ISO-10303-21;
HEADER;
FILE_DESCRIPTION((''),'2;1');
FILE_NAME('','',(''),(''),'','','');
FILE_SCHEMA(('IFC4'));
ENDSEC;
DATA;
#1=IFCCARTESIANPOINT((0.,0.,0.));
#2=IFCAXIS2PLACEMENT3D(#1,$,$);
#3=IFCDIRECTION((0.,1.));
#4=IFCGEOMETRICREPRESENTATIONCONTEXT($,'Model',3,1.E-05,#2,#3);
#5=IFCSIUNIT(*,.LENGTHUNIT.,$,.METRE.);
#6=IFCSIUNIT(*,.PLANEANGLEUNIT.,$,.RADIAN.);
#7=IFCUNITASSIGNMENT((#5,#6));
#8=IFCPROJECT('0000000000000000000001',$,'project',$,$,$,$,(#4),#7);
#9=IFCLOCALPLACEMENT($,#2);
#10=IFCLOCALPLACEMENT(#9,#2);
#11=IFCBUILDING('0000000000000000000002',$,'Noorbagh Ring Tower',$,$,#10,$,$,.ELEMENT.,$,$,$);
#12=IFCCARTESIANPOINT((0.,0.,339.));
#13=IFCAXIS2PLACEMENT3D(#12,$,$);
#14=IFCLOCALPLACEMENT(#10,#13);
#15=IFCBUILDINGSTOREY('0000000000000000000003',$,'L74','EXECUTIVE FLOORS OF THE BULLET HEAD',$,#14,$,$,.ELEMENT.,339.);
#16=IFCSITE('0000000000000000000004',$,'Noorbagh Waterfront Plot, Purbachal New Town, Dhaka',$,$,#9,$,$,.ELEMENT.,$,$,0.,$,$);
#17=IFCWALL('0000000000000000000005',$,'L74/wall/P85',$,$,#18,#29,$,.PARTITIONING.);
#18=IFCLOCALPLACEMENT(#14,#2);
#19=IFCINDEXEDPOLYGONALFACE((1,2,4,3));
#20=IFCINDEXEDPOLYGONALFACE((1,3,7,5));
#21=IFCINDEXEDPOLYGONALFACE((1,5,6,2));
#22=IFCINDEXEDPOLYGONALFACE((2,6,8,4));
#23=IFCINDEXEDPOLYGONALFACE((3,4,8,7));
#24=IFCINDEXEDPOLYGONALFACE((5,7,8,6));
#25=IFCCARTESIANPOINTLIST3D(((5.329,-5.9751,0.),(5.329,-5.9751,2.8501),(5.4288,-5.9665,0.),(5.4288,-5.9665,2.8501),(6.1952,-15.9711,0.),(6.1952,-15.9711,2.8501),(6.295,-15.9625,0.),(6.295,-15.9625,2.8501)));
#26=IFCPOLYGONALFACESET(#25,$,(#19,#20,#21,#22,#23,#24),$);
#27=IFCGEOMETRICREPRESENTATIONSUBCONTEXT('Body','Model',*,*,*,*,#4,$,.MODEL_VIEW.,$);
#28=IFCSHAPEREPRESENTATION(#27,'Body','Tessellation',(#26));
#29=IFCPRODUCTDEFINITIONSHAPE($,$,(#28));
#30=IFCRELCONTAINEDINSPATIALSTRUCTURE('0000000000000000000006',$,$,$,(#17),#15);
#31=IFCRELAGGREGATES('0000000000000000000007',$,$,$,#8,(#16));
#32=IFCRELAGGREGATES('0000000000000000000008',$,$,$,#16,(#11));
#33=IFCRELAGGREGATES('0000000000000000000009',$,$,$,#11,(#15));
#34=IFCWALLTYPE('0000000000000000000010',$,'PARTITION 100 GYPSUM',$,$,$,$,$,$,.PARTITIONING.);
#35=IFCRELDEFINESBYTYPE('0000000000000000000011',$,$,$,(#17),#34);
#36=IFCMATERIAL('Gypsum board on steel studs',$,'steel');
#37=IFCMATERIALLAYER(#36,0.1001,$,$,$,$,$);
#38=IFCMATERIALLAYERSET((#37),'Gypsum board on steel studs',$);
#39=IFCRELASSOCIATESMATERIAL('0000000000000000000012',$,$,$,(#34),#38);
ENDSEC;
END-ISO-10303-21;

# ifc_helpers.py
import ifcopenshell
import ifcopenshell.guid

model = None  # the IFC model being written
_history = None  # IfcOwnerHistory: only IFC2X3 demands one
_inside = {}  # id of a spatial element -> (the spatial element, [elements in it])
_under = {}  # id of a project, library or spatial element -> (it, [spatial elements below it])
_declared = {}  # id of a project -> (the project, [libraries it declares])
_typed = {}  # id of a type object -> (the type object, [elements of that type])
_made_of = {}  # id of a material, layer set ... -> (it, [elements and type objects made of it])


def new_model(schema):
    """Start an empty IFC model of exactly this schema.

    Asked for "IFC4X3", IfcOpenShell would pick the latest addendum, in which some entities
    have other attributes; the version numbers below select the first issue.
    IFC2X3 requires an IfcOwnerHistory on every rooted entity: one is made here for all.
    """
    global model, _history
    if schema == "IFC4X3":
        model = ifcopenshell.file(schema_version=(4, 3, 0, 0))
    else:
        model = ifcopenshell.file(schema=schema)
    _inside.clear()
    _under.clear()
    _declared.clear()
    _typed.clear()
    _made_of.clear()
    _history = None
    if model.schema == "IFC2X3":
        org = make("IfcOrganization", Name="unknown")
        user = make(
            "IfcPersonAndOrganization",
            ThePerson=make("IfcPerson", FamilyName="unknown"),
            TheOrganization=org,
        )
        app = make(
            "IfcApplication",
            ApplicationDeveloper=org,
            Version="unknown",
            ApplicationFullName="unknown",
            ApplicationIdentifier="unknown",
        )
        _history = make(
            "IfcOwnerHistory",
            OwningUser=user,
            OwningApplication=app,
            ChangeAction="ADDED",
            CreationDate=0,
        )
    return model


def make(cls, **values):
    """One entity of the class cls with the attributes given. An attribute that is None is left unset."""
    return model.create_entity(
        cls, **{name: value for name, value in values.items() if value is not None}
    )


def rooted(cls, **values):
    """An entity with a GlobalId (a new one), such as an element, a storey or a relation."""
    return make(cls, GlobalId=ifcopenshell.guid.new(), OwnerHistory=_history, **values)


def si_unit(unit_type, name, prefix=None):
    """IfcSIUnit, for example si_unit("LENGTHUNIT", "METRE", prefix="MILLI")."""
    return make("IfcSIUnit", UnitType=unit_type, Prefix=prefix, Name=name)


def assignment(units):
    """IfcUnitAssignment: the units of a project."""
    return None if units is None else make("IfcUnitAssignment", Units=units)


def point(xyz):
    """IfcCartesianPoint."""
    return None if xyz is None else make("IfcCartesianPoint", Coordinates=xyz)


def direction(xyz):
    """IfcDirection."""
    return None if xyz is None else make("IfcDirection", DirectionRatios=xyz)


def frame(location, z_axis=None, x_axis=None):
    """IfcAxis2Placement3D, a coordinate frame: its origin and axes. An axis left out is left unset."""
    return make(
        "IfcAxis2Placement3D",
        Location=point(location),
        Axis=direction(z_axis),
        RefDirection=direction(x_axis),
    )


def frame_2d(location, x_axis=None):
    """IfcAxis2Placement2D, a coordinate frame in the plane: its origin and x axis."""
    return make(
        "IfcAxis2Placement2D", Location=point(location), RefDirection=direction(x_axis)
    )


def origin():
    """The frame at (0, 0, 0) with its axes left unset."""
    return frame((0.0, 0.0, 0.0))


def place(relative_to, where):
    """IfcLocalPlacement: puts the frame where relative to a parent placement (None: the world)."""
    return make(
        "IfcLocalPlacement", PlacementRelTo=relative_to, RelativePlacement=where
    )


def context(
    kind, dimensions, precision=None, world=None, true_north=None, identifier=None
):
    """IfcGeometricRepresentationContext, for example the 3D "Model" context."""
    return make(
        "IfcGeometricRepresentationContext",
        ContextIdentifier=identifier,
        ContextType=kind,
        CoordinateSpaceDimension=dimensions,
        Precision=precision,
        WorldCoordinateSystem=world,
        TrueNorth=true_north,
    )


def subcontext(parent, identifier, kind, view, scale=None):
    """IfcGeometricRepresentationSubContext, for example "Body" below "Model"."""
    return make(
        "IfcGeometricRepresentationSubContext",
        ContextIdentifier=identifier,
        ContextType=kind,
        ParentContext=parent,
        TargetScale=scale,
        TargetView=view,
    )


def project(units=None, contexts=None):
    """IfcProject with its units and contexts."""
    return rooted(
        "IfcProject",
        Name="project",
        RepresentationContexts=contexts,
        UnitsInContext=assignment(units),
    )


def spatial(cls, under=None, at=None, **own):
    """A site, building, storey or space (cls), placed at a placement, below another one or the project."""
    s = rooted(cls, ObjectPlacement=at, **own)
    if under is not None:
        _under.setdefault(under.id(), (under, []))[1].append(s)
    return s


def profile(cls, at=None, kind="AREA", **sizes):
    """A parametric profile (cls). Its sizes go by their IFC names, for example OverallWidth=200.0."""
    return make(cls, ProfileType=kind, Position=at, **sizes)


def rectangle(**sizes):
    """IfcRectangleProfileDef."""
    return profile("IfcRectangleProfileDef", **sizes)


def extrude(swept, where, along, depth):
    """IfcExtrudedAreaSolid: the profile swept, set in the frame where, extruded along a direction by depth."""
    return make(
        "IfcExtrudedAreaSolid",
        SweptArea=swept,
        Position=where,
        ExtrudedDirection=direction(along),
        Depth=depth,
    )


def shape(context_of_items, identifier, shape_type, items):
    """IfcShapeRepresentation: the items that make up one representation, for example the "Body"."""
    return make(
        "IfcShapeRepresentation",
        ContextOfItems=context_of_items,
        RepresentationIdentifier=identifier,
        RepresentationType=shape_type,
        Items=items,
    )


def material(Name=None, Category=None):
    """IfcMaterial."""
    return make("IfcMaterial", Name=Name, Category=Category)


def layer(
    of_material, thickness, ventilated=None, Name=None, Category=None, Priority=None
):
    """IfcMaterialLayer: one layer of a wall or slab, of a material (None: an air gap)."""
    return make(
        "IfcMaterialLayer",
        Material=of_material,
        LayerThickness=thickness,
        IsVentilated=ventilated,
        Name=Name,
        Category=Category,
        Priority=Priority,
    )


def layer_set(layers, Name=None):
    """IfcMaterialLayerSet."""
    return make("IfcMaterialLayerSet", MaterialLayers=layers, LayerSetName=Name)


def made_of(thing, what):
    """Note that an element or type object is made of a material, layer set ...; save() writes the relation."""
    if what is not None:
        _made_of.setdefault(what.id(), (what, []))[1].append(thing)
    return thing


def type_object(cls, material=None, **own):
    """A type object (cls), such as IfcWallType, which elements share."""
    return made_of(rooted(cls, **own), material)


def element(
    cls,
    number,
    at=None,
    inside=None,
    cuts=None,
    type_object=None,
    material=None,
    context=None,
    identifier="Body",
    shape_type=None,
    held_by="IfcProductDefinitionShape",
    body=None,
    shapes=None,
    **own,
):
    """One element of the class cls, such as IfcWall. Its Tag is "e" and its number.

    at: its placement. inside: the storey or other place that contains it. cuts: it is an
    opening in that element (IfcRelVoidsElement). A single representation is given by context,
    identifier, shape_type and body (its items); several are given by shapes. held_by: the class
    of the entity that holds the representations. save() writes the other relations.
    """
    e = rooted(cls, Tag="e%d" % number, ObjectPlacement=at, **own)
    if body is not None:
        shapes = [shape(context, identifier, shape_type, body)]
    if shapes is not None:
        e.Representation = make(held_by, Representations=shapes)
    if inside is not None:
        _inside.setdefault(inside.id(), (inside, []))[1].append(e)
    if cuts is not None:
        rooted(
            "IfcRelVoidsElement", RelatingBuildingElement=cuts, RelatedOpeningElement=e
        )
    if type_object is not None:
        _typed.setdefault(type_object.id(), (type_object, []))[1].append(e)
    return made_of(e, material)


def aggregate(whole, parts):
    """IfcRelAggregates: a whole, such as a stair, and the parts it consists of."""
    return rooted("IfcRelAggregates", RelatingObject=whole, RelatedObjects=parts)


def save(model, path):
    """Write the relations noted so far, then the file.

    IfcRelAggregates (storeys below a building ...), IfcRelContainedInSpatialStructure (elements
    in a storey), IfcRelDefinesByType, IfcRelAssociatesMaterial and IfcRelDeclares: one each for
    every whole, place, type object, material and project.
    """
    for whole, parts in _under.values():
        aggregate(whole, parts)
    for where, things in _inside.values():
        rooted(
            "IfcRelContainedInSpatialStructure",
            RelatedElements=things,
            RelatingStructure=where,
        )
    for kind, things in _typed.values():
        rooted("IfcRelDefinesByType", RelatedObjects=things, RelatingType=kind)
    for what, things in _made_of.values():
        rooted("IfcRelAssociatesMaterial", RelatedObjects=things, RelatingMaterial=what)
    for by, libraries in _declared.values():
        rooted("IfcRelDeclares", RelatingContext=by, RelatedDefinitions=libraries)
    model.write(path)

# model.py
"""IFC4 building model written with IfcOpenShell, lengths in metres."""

from ifc_helpers import new_model, si_unit, direction, frame, frame_2d, origin, place, context, subcontext, project, spatial, rectangle, extrude, material, layer, layer_set, type_object, element, save


model = new_model("IFC4")

# Units and contexts
model_context = context("Model", 3, precision=1e-05, world=origin(), true_north=direction((0.0, 1.0)))
body_context = subcontext(model_context, "Body", "Model", "MODEL_VIEW")
ifc_project = project(units=[si_unit("LENGTHUNIT", "METRE"), si_unit("PLANEANGLEUNIT", "RADIAN")], contexts=[model_context])

# Site, building, storey
site_placement = place(None, origin())
site = spatial("IfcSite", under=ifc_project, at=site_placement, Name="Noorbagh Waterfront Plot, Purbachal New Town, Dhaka", CompositionType="ELEMENT", RefElevation=0.0)
building_placement = place(site_placement, origin())
building = spatial("IfcBuilding", under=site, at=building_placement, Name="Noorbagh Ring Tower", CompositionType="ELEMENT")
storey_placement = place(building_placement, frame((0.0, 0.0, 339.0)))
storey = spatial("IfcBuildingStorey", under=building, at=storey_placement, Name="L74", Description="EXECUTIVE FLOORS OF THE BULLET HEAD", CompositionType="ELEMENT", Elevation=339.0)

# Wall
ifc_material_1 = material(Name="Gypsum board on steel studs", Category="steel")
ifc_layer_1 = layer(ifc_material_1, 0.1001)
ifc_layer_set_1 = layer_set([ifc_layer_1], Name="Gypsum board on steel studs")
wall_type = type_object("IfcWallType", Name="PARTITION 100 GYPSUM", PredefinedType="PARTITIONING", material=ifc_layer_set_1)
wall_1_placement = place(storey_placement, frame((5.3789, -5.9709, 0.0), z_axis=(0.0, 0.0, 1.0), x_axis=(0.086331, -0.996266, 0.0)))
element("IfcWall", 1, at=wall_1_placement, inside=storey, type_object=wall_type, Name="L74/wall/P85", PredefinedType="PARTITIONING", context=body_context, shape_type="SweptSolid", body=[
    extrude(rectangle(XDim=10.0334, YDim=0.1001, at=frame_2d((5.0166, 0.0))), origin(), (0.0, 0.0, 1.0), 2.8501),
])

save(model, "model.ifc")
